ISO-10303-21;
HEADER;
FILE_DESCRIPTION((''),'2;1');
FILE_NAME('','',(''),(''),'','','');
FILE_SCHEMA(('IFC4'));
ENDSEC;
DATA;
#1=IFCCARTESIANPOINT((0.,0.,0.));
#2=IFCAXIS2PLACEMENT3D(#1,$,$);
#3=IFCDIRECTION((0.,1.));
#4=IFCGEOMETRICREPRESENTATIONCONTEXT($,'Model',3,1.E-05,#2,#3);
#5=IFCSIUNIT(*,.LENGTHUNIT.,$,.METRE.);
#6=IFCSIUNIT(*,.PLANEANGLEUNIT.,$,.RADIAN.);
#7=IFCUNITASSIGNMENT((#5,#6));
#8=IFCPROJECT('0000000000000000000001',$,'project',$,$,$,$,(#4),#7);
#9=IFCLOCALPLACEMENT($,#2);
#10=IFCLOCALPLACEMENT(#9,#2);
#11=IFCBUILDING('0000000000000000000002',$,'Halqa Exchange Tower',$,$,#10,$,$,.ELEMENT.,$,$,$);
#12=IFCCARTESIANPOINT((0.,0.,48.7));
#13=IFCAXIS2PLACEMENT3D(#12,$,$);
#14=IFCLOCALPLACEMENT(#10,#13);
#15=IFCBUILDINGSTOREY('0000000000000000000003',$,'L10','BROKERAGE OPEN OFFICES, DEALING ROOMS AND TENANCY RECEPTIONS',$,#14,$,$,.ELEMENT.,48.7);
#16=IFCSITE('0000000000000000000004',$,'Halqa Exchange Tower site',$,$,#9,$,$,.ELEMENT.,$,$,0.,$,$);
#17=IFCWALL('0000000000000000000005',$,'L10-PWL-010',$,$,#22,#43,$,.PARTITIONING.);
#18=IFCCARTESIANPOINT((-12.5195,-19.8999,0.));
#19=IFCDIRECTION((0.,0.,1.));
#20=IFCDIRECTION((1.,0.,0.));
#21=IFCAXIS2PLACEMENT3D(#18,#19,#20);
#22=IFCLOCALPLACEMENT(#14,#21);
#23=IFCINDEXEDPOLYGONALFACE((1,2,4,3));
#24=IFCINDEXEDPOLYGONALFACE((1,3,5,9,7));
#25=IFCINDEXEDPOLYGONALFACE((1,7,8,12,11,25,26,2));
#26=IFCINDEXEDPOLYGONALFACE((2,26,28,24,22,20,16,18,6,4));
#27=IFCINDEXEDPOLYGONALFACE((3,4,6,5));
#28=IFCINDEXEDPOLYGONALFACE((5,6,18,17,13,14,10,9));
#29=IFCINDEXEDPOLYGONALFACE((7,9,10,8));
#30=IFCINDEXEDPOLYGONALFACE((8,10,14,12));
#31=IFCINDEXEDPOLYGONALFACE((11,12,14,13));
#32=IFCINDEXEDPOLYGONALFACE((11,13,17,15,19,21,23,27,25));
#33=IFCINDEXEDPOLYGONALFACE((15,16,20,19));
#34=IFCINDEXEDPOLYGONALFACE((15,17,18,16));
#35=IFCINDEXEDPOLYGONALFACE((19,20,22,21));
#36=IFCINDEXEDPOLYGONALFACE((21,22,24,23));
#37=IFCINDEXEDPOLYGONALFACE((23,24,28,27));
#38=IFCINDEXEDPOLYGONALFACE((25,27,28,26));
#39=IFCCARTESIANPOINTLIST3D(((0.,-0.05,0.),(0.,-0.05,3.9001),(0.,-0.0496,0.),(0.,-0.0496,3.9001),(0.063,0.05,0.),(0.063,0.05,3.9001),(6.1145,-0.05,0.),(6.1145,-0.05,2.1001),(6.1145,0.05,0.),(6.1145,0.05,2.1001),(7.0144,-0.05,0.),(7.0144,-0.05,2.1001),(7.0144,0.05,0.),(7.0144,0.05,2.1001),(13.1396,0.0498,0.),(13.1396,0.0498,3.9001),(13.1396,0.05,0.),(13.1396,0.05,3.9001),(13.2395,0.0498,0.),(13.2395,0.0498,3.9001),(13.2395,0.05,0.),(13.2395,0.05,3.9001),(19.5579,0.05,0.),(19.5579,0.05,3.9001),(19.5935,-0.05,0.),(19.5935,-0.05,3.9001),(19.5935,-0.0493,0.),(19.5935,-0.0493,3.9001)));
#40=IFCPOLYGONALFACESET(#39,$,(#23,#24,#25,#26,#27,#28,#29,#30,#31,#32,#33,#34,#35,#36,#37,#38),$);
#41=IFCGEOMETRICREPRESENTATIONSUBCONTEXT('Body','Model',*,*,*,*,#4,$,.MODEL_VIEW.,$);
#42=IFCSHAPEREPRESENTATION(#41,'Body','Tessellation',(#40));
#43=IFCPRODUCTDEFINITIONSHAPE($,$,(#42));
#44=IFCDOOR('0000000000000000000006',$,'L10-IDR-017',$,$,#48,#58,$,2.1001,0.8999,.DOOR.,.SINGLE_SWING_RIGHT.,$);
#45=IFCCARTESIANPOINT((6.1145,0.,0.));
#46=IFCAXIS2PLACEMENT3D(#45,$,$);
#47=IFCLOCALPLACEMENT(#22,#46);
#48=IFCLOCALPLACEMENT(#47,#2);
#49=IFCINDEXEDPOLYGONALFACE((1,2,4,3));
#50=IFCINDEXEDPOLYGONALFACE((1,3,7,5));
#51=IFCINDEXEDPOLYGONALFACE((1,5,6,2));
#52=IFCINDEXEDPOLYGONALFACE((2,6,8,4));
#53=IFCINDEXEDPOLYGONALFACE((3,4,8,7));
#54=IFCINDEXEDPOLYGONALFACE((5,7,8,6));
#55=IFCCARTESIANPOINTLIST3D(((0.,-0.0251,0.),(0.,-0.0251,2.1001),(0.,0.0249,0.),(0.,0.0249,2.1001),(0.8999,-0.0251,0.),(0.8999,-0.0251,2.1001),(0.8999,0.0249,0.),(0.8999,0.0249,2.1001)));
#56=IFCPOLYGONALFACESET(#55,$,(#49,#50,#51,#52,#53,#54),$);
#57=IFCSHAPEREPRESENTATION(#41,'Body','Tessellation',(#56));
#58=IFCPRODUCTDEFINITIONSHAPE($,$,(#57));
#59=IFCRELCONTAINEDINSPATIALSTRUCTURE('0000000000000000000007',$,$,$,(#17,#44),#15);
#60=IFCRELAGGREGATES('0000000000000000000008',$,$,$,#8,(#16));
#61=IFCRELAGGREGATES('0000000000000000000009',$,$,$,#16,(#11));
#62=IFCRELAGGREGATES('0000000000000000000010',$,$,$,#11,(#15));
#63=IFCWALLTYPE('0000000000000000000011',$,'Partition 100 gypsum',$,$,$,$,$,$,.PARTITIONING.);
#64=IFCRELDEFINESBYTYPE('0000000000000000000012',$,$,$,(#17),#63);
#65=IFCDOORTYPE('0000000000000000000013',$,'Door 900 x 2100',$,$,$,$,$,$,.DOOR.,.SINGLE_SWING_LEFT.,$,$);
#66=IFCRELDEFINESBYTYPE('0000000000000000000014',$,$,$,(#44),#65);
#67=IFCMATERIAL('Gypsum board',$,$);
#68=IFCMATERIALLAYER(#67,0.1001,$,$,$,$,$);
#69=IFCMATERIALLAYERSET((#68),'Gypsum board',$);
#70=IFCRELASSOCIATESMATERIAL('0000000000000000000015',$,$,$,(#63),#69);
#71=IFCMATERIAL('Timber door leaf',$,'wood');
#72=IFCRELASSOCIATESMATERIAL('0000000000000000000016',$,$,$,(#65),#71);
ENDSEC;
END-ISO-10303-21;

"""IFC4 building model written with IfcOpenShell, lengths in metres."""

from ifc_helpers import new_model, si_unit, direction, frame, frame_2d, origin, place, context, subcontext, project, spatial, polyline, rectangle, outline, extrude, material, layer, layer_set, type_object, element, fill, save


model = new_model("IFC4")

# Units and contexts
model_context = context("Model", 3, precision=1e-05, world=origin(), true_north=direction((0.0, 1.0)))
body_context = subcontext(model_context, "Body", "Model", "MODEL_VIEW")
ifc_project = project(units=[si_unit("LENGTHUNIT", "METRE"), si_unit("PLANEANGLEUNIT", "RADIAN")], contexts=[model_context])

# Site, building, storey
site_placement = place(None, origin())
site = spatial("IfcSite", under=ifc_project, at=site_placement, Name="Halqa Exchange Tower site", CompositionType="ELEMENT", RefElevation=0.0)
building_placement = place(site_placement, origin())
building = spatial("IfcBuilding", under=site, at=building_placement, Name="Halqa Exchange Tower", CompositionType="ELEMENT")
storey_placement = place(building_placement, frame((0.0, 0.0, 48.7)))
storey = spatial("IfcBuildingStorey", under=building, at=storey_placement, Name="L10", Description="BROKERAGE OPEN OFFICES, DEALING ROOMS AND TENANCY RECEPTIONS", CompositionType="ELEMENT", Elevation=48.7)

# Wall, opening, door
ifc_material_1 = material(Name="Gypsum board")
ifc_layer_1 = layer(ifc_material_1, 0.1001)
ifc_layer_set_1 = layer_set([ifc_layer_1], Name="Gypsum board")
wall_type_1 = type_object("IfcWallType", Name="Partition 100 gypsum", PredefinedType="PARTITIONING", material=ifc_layer_set_1)
wall_1_placement = place(storey_placement, frame((-12.5195, -19.8999, 0.0), z_axis=(0.0, 0.0, 1.0), x_axis=(1.0, 0.0, 0.0)))
wall_1 = element("IfcWall", 1, at=wall_1_placement, inside=storey, type_object=wall_type_1, Name="L10-PWL-010", PredefinedType="PARTITIONING", context=body_context, shape_type="SweptSolid", body=[
    extrude(outline(polyline([(19.5935, -0.05), (19.5935, -0.0493), (19.5579, 0.05), (17.9783, 0.05), (16.3987, 0.05), (14.8191, 0.05), (13.2395, 0.05), (13.2395, 0.0498), (13.1396, 0.0498), (13.1396, 0.05), (11.2715, 0.05), (9.4033, 0.05), (7.5352, 0.05), (5.6672, 0.05), (3.7991, 0.05), (1.9309, 0.05), (0.063, 0.05), (0.0, -0.0496), (0.0, -0.05), (1.9595, -0.05), (3.9187, -0.05), (5.8779, -0.05), (7.8374, -0.05), (9.7969, -0.05), (11.7561, -0.05), (13.7153, -0.05), (15.6748, -0.05), (17.6343, -0.05), (19.5935, -0.05)])), origin(), (0.0, 0.0, 1.0), 3.9001),
])
opening_1_placement = place(wall_1_placement, frame((6.1145, 0.0, 0.0)))
opening_1 = element("IfcOpeningElement", 2, at=opening_1_placement, cuts=wall_1, PredefinedType="OPENING", context=body_context, shape_type="SweptSolid", body=[
    extrude(rectangle(XDim=0.8999, YDim=2.1001, at=frame_2d((0.45, 1.05))), frame((0.0, 0.062, 0.0), z_axis=(0.0, -1.0, 0.0), x_axis=(1.0, 0.0, 0.0)), (0.0, 0.0, 1.0), 0.124),
])
ifc_material_2 = material(Name="Timber door leaf", Category="wood")
door_type_1 = type_object("IfcDoorType", Name="Door 900 x 2100", OperationType="SINGLE_SWING_LEFT", PredefinedType="DOOR", material=ifc_material_2)
door_1_placement = place(opening_1_placement, origin())
door_1 = element("IfcDoor", 3, at=door_1_placement, inside=storey, type_object=door_type_1, Name="L10-IDR-017", OperationType="SINGLE_SWING_RIGHT", OverallHeight=2.1001, OverallWidth=0.8999, PredefinedType="DOOR", context=body_context, shape_type="SweptSolid", body=[
    extrude(rectangle(XDim=0.8999, YDim=2.1001, at=frame_2d((0.45, 1.05))), frame((0.0, 0.0249, 0.0), z_axis=(0.0, -1.0, 0.0), x_axis=(1.0, 0.0, 0.0)), (0.0, 0.0, 1.0), 0.05),
])
fill(opening_1, door_1)

save(model, "model.ifc")
